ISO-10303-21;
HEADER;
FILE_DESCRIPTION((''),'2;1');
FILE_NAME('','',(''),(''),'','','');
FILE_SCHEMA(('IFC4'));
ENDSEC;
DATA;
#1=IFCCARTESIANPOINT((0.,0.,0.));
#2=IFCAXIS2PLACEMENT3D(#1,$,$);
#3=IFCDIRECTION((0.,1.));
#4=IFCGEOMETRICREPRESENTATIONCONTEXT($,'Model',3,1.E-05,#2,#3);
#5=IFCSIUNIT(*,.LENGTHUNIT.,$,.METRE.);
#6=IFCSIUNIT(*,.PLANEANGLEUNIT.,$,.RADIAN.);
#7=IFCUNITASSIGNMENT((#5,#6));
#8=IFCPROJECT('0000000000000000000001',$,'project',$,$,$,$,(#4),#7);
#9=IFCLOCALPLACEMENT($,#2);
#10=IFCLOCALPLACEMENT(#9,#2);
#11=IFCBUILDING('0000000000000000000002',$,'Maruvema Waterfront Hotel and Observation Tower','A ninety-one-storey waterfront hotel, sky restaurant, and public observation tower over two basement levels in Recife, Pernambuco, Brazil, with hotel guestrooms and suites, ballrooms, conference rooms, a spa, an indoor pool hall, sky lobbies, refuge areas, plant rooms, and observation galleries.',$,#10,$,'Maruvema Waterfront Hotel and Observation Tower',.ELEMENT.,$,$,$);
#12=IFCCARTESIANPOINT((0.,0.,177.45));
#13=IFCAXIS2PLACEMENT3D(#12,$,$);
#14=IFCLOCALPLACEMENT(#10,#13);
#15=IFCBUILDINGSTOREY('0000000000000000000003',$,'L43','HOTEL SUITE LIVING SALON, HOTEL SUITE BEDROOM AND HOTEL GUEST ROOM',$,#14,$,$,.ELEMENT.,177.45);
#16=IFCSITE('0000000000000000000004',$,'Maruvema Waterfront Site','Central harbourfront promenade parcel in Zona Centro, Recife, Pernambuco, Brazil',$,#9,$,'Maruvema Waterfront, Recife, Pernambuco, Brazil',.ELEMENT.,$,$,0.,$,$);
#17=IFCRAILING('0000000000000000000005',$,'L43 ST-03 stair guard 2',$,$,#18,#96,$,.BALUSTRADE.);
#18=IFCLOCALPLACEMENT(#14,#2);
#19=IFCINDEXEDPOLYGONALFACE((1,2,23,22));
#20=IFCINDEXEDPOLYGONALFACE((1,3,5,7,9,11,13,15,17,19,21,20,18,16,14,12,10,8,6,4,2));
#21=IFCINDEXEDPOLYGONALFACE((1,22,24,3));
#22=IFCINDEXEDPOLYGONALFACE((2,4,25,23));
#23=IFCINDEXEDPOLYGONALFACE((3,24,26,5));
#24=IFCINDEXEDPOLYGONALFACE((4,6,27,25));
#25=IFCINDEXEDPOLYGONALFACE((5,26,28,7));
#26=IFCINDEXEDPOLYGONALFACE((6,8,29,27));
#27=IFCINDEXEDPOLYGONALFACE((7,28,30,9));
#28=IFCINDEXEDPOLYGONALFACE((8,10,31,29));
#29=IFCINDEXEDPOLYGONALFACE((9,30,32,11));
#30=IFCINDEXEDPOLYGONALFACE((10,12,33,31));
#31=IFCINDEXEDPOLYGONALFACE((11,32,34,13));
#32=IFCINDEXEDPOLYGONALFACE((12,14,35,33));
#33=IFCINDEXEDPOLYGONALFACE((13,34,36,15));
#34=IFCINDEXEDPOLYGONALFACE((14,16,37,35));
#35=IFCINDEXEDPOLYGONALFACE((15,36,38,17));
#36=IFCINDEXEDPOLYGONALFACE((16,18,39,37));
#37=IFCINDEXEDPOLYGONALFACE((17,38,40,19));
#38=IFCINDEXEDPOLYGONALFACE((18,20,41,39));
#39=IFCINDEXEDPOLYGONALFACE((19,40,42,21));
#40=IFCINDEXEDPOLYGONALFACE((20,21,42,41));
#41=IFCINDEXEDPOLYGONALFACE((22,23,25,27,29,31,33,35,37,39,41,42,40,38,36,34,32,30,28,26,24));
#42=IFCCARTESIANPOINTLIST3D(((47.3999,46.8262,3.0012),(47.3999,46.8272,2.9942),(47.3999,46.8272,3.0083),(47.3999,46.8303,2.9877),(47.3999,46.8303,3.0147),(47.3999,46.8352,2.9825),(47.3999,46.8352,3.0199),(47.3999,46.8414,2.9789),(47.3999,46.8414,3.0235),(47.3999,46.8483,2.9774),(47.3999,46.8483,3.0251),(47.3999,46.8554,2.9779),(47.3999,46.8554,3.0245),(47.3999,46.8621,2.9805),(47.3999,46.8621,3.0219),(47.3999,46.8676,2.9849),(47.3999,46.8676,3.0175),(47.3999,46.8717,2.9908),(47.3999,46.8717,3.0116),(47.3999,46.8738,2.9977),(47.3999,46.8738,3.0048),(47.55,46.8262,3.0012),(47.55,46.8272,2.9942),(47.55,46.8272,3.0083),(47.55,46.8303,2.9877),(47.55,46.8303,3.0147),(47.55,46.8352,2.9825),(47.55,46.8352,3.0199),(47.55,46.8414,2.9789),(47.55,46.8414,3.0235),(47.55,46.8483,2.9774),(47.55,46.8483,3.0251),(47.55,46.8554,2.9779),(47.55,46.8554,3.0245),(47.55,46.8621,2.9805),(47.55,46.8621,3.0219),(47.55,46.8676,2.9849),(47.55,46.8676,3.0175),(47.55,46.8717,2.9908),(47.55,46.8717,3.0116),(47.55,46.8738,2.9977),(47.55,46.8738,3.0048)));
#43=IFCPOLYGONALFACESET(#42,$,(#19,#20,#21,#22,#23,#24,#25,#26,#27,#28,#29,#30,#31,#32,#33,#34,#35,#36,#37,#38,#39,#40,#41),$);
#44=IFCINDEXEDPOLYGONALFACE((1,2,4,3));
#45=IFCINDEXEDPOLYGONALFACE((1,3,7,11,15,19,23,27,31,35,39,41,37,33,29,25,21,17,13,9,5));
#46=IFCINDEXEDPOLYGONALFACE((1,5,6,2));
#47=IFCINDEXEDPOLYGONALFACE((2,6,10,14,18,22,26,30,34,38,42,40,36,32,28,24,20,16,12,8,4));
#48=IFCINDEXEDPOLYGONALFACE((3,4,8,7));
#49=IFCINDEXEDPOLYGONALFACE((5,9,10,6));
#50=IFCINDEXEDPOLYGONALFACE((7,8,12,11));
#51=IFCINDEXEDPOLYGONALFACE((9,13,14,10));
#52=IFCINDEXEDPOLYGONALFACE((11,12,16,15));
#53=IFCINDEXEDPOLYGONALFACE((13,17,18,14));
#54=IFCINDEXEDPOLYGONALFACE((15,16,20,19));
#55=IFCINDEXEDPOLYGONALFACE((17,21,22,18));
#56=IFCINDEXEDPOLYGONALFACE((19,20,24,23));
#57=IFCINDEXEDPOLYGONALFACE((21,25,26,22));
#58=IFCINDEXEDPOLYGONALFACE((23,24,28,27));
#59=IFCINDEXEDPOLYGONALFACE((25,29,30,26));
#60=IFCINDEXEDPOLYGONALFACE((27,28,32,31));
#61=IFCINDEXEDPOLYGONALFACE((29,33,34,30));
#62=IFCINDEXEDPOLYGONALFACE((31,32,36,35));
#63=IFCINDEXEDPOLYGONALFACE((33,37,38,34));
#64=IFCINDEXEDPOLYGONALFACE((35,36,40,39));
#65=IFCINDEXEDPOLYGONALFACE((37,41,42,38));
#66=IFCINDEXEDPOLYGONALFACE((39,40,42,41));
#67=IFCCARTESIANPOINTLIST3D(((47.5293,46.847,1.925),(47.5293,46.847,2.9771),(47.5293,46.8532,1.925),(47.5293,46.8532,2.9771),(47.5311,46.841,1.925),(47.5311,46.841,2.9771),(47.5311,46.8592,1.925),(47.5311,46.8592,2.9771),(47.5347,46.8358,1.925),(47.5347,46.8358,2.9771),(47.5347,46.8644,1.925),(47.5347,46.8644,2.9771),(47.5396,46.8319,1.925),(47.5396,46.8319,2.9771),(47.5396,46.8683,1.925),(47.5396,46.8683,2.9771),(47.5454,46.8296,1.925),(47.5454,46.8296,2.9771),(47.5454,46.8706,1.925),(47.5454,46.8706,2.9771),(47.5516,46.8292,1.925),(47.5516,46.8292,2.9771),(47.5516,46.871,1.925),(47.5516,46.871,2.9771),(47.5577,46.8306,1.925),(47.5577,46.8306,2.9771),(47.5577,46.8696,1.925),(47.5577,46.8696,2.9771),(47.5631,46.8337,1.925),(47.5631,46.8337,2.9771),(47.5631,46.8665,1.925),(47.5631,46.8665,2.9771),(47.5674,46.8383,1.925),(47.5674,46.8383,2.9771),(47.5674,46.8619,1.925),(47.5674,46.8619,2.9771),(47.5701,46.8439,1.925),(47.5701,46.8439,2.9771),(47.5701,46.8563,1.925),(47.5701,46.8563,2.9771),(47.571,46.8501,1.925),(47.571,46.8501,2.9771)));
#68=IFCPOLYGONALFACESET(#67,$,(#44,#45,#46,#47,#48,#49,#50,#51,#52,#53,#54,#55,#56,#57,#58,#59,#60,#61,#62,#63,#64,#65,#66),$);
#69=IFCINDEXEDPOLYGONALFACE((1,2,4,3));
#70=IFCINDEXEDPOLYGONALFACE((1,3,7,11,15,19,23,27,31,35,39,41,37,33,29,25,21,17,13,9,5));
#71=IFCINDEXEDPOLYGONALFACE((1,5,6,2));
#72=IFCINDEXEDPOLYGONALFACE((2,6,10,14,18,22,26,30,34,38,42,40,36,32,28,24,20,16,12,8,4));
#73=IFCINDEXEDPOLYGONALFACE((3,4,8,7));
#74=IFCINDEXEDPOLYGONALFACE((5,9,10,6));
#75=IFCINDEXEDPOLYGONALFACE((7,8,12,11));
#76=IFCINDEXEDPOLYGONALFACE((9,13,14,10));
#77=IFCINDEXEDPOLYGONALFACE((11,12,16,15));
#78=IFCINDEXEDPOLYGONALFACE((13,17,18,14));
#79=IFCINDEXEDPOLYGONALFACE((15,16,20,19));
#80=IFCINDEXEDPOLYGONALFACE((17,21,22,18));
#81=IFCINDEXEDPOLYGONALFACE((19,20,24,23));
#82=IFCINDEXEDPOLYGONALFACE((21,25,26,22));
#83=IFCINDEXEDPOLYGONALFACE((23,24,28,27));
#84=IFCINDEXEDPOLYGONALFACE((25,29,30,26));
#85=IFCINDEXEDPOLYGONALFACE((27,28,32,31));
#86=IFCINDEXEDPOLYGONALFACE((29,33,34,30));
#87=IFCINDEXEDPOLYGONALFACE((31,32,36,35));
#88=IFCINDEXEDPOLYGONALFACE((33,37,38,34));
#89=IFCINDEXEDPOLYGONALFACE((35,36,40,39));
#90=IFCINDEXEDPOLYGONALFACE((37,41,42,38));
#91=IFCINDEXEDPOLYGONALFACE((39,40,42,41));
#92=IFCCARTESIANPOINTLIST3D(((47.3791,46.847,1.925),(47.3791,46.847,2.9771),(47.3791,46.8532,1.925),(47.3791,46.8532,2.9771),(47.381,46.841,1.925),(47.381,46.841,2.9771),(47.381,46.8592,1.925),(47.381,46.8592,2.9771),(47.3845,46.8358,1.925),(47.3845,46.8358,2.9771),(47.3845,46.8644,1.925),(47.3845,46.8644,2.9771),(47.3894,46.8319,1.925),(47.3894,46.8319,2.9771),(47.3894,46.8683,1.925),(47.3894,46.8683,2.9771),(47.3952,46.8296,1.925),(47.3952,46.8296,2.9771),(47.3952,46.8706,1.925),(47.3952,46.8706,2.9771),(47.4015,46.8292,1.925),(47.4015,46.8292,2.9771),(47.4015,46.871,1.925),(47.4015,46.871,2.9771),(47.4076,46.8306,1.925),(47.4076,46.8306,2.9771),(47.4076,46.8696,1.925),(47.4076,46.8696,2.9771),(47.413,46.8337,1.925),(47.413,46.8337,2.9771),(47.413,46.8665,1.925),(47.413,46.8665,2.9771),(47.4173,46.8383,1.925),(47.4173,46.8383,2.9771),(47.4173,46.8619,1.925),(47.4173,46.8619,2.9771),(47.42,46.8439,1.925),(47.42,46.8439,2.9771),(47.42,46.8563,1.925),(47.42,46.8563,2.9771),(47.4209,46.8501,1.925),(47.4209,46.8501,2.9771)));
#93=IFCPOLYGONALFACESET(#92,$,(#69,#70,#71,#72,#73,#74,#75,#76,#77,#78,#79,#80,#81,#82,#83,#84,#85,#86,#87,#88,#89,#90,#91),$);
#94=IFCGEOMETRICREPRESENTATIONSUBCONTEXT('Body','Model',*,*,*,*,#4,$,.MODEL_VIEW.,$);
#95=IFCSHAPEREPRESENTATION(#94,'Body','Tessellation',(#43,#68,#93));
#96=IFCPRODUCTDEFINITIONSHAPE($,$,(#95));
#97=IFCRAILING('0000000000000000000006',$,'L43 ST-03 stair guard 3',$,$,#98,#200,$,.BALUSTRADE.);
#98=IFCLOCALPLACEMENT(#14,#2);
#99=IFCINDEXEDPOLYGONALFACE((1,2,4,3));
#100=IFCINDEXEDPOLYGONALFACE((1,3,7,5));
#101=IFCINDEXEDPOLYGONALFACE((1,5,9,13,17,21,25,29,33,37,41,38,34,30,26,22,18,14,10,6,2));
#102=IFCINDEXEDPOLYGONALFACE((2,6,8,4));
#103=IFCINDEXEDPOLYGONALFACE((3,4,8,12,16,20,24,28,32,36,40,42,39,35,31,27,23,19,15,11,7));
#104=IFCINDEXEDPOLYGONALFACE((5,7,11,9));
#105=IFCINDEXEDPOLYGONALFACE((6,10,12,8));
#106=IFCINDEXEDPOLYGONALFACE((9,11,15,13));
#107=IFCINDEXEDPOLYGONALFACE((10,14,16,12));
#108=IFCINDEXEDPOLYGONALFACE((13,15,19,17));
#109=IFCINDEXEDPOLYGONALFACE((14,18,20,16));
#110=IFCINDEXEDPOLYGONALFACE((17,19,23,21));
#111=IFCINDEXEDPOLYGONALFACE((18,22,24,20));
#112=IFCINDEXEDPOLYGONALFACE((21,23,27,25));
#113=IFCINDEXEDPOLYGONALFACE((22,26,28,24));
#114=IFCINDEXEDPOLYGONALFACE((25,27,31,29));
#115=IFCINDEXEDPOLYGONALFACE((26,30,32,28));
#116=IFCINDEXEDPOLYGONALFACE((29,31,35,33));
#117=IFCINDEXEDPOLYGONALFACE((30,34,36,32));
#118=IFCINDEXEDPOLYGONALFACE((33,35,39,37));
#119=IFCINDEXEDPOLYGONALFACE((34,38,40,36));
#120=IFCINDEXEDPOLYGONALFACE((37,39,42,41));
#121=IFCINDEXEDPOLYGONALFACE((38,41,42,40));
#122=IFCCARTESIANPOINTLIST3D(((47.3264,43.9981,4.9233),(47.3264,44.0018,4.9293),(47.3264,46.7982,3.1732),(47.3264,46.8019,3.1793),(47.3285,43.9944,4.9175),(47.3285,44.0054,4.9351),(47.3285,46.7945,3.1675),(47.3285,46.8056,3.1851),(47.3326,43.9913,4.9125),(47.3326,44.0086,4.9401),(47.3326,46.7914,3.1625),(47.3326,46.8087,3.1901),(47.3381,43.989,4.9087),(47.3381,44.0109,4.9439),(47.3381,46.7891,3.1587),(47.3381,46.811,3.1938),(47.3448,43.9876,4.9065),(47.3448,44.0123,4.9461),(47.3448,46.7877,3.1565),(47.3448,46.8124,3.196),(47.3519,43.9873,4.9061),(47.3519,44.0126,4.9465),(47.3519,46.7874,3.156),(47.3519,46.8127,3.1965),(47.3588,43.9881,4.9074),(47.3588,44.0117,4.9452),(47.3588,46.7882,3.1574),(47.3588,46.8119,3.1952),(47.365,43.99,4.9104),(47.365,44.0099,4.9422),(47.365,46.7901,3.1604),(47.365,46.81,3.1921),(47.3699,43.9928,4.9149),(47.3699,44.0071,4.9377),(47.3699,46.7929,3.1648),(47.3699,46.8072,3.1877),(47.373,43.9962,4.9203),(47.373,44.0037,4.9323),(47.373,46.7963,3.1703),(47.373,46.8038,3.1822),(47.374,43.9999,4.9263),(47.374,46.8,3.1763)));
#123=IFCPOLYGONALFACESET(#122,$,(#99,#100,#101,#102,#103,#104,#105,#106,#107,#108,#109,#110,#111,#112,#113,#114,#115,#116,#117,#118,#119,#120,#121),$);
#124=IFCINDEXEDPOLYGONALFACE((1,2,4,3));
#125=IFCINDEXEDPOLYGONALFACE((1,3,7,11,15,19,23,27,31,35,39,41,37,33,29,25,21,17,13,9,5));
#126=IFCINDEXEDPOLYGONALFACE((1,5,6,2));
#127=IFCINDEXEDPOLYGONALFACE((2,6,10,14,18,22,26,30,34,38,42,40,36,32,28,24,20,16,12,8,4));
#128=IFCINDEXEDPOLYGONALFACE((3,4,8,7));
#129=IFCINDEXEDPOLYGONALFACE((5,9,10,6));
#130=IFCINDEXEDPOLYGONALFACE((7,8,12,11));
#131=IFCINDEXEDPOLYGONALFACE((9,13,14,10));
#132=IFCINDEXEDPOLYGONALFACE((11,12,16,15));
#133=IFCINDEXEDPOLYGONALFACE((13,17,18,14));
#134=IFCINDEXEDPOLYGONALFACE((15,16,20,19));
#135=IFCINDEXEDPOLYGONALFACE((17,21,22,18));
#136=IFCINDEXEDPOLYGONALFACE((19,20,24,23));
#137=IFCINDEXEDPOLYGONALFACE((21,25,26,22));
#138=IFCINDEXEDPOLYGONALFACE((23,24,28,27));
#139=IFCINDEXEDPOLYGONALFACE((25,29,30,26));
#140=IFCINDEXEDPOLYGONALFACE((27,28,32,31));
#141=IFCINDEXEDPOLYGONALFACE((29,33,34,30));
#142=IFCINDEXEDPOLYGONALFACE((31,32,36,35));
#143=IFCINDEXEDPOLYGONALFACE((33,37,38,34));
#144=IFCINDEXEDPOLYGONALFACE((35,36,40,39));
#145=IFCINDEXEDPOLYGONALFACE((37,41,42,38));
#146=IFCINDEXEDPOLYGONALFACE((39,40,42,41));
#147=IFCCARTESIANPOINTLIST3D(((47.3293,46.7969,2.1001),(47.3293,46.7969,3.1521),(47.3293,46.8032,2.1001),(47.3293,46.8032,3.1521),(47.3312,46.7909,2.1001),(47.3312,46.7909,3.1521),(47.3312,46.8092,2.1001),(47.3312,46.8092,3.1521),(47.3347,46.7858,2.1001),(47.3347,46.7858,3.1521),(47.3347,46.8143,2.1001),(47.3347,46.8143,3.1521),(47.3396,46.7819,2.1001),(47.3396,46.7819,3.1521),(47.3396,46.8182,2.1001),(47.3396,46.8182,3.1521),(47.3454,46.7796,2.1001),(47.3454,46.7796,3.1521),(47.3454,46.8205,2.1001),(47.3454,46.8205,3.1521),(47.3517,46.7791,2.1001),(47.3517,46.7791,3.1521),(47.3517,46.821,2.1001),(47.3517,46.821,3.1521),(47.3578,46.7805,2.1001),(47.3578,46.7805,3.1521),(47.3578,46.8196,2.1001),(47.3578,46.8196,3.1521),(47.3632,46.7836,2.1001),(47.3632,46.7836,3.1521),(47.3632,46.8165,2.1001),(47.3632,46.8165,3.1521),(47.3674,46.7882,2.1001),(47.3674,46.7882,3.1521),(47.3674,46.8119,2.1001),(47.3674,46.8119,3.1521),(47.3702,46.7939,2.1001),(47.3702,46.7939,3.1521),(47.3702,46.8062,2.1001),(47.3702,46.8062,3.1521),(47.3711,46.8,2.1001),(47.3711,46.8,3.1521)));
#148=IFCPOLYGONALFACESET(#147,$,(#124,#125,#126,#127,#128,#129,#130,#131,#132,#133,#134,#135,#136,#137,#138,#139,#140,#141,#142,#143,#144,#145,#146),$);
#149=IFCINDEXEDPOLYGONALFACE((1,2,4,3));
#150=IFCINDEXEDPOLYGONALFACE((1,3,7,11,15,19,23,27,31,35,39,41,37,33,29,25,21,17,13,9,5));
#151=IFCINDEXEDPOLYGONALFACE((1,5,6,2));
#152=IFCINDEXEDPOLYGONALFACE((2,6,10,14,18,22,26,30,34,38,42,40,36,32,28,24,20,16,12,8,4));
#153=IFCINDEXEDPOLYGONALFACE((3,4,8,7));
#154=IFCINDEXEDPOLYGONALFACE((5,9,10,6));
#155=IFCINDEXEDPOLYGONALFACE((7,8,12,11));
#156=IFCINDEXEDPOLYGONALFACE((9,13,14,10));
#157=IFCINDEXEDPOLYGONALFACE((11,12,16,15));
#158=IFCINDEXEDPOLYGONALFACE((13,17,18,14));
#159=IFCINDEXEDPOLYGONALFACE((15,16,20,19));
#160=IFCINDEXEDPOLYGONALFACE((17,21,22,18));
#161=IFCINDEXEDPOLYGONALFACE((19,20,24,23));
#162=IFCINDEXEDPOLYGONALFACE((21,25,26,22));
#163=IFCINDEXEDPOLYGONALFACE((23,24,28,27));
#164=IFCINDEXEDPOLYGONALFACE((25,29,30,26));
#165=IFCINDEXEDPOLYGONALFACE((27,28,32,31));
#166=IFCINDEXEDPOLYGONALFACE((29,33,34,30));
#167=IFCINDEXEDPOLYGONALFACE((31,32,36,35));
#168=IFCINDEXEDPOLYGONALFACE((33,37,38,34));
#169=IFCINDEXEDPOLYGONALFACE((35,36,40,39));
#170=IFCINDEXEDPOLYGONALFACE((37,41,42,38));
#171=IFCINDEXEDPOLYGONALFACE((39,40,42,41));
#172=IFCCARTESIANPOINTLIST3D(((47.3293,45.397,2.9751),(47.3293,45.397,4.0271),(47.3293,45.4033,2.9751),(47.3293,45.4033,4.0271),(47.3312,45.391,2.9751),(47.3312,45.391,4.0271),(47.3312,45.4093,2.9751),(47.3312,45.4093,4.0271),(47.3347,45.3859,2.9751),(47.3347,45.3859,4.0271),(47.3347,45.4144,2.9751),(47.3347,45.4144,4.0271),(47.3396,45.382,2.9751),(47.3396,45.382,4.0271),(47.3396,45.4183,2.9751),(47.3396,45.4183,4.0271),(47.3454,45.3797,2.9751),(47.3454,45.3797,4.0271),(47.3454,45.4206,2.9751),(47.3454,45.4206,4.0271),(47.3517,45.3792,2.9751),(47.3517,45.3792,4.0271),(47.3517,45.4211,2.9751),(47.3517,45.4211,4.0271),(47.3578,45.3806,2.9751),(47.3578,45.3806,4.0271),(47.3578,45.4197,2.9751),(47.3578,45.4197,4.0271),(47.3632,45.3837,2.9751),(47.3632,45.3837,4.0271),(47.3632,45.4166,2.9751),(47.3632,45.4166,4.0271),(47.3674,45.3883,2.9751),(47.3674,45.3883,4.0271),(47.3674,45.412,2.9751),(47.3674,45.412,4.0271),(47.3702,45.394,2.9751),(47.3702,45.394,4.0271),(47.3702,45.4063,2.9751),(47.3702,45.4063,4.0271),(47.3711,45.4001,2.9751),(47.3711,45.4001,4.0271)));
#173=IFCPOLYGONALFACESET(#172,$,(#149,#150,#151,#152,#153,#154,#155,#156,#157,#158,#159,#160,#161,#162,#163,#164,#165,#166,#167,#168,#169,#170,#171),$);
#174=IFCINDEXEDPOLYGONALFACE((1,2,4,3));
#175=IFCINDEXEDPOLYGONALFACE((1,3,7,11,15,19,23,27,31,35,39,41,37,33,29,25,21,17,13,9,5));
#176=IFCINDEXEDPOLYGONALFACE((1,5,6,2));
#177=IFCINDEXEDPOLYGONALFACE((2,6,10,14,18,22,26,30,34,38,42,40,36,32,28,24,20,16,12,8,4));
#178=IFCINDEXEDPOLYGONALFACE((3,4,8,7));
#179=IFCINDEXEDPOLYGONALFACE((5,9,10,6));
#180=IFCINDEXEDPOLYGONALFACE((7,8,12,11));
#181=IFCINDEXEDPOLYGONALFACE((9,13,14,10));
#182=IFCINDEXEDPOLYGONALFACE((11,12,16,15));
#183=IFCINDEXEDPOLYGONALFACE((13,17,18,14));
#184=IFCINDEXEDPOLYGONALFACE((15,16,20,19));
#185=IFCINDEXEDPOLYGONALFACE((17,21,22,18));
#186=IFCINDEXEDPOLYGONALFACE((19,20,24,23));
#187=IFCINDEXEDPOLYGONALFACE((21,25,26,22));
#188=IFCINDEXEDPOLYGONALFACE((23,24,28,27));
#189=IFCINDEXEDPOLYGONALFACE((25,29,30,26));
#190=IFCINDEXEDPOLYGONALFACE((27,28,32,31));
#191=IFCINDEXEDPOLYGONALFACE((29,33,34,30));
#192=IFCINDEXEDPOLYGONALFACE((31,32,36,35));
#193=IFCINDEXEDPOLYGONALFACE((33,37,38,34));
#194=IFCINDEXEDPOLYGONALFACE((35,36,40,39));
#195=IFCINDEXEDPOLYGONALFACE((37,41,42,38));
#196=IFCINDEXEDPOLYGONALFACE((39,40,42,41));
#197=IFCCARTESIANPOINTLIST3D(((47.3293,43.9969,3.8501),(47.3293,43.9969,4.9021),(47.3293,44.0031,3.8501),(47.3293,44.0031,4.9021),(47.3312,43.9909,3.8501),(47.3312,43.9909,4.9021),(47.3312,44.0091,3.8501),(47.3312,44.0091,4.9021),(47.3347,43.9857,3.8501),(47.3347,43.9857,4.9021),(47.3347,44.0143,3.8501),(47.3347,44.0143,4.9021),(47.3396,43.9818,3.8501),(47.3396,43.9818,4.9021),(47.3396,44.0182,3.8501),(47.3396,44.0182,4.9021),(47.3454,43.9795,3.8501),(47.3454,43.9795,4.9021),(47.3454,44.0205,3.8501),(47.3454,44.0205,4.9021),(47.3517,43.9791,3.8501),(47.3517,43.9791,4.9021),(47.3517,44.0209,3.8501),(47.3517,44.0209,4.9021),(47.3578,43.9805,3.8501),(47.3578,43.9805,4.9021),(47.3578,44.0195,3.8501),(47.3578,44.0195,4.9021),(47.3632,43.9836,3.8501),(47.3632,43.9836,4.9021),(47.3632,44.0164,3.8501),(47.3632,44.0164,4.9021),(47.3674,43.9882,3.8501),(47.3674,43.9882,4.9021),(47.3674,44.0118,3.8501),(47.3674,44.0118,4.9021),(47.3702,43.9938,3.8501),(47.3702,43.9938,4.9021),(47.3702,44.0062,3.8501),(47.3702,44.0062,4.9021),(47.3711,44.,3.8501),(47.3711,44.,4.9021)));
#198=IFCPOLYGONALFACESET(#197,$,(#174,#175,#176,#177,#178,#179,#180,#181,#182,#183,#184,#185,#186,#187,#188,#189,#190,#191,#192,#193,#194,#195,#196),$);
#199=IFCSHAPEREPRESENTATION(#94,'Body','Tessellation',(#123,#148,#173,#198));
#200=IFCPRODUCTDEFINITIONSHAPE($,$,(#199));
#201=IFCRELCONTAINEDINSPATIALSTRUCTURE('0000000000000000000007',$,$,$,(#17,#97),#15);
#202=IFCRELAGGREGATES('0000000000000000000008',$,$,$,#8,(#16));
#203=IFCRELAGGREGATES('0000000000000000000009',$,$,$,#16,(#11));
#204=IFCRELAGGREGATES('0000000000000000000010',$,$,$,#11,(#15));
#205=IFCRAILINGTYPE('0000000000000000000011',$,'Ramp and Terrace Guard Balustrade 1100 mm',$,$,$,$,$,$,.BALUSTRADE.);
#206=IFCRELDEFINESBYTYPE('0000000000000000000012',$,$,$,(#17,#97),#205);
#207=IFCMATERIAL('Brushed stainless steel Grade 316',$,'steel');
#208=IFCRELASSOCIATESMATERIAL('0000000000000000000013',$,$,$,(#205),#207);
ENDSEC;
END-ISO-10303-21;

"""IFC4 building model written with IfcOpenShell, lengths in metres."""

from ifc_helpers import new_model, si_unit, direction, frame, origin, origin_2d, place, context, subcontext, project, spatial, circle, extrude, material, type_object, element, save


model = new_model("IFC4")

# Units and contexts
model_context = context("Model", 3, precision=1e-05, world=origin(), true_north=direction((0.0, 1.0)))
body_context = subcontext(model_context, "Body", "Model", "MODEL_VIEW")
ifc_project = project(units=[si_unit("LENGTHUNIT", "METRE"), si_unit("PLANEANGLEUNIT", "RADIAN")], contexts=[model_context])

# Site, building, storey
site_placement = place(None, origin())
site = spatial("IfcSite", under=ifc_project, at=site_placement, Name="Maruvema Waterfront Site", Description="Central harbourfront promenade parcel in Zona Centro, Recife, Pernambuco, Brazil", LongName="Maruvema Waterfront, Recife, Pernambuco, Brazil", CompositionType="ELEMENT", RefElevation=0.0)
building_placement = place(site_placement, origin())
building = spatial("IfcBuilding", under=site, at=building_placement, Name="Maruvema Waterfront Hotel and Observation Tower", Description="A ninety-one-storey waterfront hotel, sky restaurant, and public observation tower over two basement levels in Recife, Pernambuco, Brazil, with hotel guestrooms and suites, ballrooms, conference rooms, a spa, an indoor pool hall, sky lobbies, refuge areas, plant rooms, and observation galleries.", LongName="Maruvema Waterfront Hotel and Observation Tower", CompositionType="ELEMENT")
storey_placement = place(building_placement, frame((0.0, 0.0, 177.45)))
storey = spatial("IfcBuildingStorey", under=building, at=storey_placement, Name="L43", Description="HOTEL SUITE LIVING SALON, HOTEL SUITE BEDROOM AND HOTEL GUEST ROOM", CompositionType="ELEMENT", Elevation=177.45)

# Railings
ifc_material_1 = material(Name="Brushed stainless steel Grade 316", Category="steel")
railing_type_1 = type_object("IfcRailingType", Name="Ramp and Terrace Guard Balustrade 1100 mm", PredefinedType="BALUSTRADE", material=ifc_material_1)
railing_1_placement = place(storey_placement, frame((47.55, 46.8501, 1.925)))
element("IfcRailing", 1, at=railing_1_placement, inside=storey, type_object=railing_type_1, Name="L43 ST-03 stair guard 2", PredefinedType="BALUSTRADE", context=body_context, shape_type="SweptSolid", body=[
    extrude(circle(Radius=0.0239, at=origin_2d()), frame((0.0, 0.0, 1.0762), z_axis=(-1.0, 0.0, 0.0), x_axis=(0.0, -1.0, 0.0)), (0.0, 0.0, 1.0), 0.1501),
    extrude(circle(Radius=0.021, at=origin_2d()), origin(), (0.0, 0.0, 1.0), 1.052),
    extrude(circle(Radius=0.021, at=origin_2d()), frame((-0.1501, 0.0, 0.0)), (0.0, 0.0, 1.0), 1.052),
])
railing_2_placement = place(storey_placement, frame((47.3501, 46.8, 2.1001)))
element("IfcRailing", 2, at=railing_2_placement, inside=storey, type_object=railing_type_1, Name="L43 ST-03 stair guard 3", PredefinedType="BALUSTRADE", context=body_context, shape_type="SweptSolid", body=[
    extrude(circle(Radius=0.0239, at=origin_2d()), frame((0.0, 0.0, 1.0762), z_axis=(0.0, -0.848002, 0.529992), x_axis=(1.0, 0.0, 0.0)), (0.0, 0.0, 1.0), 3.302),
    extrude(circle(Radius=0.021, at=origin_2d()), origin(), (0.0, 0.0, 1.0), 1.052),
    extrude(circle(Radius=0.021, at=origin_2d()), frame((0.0, -1.3999, 0.875)), (0.0, 0.0, 1.0), 1.052),
    extrude(circle(Radius=0.021, at=origin_2d()), frame((0.0, -2.8, 1.75)), (0.0, 0.0, 1.0), 1.052),
])

save(model, "model.ifc")
